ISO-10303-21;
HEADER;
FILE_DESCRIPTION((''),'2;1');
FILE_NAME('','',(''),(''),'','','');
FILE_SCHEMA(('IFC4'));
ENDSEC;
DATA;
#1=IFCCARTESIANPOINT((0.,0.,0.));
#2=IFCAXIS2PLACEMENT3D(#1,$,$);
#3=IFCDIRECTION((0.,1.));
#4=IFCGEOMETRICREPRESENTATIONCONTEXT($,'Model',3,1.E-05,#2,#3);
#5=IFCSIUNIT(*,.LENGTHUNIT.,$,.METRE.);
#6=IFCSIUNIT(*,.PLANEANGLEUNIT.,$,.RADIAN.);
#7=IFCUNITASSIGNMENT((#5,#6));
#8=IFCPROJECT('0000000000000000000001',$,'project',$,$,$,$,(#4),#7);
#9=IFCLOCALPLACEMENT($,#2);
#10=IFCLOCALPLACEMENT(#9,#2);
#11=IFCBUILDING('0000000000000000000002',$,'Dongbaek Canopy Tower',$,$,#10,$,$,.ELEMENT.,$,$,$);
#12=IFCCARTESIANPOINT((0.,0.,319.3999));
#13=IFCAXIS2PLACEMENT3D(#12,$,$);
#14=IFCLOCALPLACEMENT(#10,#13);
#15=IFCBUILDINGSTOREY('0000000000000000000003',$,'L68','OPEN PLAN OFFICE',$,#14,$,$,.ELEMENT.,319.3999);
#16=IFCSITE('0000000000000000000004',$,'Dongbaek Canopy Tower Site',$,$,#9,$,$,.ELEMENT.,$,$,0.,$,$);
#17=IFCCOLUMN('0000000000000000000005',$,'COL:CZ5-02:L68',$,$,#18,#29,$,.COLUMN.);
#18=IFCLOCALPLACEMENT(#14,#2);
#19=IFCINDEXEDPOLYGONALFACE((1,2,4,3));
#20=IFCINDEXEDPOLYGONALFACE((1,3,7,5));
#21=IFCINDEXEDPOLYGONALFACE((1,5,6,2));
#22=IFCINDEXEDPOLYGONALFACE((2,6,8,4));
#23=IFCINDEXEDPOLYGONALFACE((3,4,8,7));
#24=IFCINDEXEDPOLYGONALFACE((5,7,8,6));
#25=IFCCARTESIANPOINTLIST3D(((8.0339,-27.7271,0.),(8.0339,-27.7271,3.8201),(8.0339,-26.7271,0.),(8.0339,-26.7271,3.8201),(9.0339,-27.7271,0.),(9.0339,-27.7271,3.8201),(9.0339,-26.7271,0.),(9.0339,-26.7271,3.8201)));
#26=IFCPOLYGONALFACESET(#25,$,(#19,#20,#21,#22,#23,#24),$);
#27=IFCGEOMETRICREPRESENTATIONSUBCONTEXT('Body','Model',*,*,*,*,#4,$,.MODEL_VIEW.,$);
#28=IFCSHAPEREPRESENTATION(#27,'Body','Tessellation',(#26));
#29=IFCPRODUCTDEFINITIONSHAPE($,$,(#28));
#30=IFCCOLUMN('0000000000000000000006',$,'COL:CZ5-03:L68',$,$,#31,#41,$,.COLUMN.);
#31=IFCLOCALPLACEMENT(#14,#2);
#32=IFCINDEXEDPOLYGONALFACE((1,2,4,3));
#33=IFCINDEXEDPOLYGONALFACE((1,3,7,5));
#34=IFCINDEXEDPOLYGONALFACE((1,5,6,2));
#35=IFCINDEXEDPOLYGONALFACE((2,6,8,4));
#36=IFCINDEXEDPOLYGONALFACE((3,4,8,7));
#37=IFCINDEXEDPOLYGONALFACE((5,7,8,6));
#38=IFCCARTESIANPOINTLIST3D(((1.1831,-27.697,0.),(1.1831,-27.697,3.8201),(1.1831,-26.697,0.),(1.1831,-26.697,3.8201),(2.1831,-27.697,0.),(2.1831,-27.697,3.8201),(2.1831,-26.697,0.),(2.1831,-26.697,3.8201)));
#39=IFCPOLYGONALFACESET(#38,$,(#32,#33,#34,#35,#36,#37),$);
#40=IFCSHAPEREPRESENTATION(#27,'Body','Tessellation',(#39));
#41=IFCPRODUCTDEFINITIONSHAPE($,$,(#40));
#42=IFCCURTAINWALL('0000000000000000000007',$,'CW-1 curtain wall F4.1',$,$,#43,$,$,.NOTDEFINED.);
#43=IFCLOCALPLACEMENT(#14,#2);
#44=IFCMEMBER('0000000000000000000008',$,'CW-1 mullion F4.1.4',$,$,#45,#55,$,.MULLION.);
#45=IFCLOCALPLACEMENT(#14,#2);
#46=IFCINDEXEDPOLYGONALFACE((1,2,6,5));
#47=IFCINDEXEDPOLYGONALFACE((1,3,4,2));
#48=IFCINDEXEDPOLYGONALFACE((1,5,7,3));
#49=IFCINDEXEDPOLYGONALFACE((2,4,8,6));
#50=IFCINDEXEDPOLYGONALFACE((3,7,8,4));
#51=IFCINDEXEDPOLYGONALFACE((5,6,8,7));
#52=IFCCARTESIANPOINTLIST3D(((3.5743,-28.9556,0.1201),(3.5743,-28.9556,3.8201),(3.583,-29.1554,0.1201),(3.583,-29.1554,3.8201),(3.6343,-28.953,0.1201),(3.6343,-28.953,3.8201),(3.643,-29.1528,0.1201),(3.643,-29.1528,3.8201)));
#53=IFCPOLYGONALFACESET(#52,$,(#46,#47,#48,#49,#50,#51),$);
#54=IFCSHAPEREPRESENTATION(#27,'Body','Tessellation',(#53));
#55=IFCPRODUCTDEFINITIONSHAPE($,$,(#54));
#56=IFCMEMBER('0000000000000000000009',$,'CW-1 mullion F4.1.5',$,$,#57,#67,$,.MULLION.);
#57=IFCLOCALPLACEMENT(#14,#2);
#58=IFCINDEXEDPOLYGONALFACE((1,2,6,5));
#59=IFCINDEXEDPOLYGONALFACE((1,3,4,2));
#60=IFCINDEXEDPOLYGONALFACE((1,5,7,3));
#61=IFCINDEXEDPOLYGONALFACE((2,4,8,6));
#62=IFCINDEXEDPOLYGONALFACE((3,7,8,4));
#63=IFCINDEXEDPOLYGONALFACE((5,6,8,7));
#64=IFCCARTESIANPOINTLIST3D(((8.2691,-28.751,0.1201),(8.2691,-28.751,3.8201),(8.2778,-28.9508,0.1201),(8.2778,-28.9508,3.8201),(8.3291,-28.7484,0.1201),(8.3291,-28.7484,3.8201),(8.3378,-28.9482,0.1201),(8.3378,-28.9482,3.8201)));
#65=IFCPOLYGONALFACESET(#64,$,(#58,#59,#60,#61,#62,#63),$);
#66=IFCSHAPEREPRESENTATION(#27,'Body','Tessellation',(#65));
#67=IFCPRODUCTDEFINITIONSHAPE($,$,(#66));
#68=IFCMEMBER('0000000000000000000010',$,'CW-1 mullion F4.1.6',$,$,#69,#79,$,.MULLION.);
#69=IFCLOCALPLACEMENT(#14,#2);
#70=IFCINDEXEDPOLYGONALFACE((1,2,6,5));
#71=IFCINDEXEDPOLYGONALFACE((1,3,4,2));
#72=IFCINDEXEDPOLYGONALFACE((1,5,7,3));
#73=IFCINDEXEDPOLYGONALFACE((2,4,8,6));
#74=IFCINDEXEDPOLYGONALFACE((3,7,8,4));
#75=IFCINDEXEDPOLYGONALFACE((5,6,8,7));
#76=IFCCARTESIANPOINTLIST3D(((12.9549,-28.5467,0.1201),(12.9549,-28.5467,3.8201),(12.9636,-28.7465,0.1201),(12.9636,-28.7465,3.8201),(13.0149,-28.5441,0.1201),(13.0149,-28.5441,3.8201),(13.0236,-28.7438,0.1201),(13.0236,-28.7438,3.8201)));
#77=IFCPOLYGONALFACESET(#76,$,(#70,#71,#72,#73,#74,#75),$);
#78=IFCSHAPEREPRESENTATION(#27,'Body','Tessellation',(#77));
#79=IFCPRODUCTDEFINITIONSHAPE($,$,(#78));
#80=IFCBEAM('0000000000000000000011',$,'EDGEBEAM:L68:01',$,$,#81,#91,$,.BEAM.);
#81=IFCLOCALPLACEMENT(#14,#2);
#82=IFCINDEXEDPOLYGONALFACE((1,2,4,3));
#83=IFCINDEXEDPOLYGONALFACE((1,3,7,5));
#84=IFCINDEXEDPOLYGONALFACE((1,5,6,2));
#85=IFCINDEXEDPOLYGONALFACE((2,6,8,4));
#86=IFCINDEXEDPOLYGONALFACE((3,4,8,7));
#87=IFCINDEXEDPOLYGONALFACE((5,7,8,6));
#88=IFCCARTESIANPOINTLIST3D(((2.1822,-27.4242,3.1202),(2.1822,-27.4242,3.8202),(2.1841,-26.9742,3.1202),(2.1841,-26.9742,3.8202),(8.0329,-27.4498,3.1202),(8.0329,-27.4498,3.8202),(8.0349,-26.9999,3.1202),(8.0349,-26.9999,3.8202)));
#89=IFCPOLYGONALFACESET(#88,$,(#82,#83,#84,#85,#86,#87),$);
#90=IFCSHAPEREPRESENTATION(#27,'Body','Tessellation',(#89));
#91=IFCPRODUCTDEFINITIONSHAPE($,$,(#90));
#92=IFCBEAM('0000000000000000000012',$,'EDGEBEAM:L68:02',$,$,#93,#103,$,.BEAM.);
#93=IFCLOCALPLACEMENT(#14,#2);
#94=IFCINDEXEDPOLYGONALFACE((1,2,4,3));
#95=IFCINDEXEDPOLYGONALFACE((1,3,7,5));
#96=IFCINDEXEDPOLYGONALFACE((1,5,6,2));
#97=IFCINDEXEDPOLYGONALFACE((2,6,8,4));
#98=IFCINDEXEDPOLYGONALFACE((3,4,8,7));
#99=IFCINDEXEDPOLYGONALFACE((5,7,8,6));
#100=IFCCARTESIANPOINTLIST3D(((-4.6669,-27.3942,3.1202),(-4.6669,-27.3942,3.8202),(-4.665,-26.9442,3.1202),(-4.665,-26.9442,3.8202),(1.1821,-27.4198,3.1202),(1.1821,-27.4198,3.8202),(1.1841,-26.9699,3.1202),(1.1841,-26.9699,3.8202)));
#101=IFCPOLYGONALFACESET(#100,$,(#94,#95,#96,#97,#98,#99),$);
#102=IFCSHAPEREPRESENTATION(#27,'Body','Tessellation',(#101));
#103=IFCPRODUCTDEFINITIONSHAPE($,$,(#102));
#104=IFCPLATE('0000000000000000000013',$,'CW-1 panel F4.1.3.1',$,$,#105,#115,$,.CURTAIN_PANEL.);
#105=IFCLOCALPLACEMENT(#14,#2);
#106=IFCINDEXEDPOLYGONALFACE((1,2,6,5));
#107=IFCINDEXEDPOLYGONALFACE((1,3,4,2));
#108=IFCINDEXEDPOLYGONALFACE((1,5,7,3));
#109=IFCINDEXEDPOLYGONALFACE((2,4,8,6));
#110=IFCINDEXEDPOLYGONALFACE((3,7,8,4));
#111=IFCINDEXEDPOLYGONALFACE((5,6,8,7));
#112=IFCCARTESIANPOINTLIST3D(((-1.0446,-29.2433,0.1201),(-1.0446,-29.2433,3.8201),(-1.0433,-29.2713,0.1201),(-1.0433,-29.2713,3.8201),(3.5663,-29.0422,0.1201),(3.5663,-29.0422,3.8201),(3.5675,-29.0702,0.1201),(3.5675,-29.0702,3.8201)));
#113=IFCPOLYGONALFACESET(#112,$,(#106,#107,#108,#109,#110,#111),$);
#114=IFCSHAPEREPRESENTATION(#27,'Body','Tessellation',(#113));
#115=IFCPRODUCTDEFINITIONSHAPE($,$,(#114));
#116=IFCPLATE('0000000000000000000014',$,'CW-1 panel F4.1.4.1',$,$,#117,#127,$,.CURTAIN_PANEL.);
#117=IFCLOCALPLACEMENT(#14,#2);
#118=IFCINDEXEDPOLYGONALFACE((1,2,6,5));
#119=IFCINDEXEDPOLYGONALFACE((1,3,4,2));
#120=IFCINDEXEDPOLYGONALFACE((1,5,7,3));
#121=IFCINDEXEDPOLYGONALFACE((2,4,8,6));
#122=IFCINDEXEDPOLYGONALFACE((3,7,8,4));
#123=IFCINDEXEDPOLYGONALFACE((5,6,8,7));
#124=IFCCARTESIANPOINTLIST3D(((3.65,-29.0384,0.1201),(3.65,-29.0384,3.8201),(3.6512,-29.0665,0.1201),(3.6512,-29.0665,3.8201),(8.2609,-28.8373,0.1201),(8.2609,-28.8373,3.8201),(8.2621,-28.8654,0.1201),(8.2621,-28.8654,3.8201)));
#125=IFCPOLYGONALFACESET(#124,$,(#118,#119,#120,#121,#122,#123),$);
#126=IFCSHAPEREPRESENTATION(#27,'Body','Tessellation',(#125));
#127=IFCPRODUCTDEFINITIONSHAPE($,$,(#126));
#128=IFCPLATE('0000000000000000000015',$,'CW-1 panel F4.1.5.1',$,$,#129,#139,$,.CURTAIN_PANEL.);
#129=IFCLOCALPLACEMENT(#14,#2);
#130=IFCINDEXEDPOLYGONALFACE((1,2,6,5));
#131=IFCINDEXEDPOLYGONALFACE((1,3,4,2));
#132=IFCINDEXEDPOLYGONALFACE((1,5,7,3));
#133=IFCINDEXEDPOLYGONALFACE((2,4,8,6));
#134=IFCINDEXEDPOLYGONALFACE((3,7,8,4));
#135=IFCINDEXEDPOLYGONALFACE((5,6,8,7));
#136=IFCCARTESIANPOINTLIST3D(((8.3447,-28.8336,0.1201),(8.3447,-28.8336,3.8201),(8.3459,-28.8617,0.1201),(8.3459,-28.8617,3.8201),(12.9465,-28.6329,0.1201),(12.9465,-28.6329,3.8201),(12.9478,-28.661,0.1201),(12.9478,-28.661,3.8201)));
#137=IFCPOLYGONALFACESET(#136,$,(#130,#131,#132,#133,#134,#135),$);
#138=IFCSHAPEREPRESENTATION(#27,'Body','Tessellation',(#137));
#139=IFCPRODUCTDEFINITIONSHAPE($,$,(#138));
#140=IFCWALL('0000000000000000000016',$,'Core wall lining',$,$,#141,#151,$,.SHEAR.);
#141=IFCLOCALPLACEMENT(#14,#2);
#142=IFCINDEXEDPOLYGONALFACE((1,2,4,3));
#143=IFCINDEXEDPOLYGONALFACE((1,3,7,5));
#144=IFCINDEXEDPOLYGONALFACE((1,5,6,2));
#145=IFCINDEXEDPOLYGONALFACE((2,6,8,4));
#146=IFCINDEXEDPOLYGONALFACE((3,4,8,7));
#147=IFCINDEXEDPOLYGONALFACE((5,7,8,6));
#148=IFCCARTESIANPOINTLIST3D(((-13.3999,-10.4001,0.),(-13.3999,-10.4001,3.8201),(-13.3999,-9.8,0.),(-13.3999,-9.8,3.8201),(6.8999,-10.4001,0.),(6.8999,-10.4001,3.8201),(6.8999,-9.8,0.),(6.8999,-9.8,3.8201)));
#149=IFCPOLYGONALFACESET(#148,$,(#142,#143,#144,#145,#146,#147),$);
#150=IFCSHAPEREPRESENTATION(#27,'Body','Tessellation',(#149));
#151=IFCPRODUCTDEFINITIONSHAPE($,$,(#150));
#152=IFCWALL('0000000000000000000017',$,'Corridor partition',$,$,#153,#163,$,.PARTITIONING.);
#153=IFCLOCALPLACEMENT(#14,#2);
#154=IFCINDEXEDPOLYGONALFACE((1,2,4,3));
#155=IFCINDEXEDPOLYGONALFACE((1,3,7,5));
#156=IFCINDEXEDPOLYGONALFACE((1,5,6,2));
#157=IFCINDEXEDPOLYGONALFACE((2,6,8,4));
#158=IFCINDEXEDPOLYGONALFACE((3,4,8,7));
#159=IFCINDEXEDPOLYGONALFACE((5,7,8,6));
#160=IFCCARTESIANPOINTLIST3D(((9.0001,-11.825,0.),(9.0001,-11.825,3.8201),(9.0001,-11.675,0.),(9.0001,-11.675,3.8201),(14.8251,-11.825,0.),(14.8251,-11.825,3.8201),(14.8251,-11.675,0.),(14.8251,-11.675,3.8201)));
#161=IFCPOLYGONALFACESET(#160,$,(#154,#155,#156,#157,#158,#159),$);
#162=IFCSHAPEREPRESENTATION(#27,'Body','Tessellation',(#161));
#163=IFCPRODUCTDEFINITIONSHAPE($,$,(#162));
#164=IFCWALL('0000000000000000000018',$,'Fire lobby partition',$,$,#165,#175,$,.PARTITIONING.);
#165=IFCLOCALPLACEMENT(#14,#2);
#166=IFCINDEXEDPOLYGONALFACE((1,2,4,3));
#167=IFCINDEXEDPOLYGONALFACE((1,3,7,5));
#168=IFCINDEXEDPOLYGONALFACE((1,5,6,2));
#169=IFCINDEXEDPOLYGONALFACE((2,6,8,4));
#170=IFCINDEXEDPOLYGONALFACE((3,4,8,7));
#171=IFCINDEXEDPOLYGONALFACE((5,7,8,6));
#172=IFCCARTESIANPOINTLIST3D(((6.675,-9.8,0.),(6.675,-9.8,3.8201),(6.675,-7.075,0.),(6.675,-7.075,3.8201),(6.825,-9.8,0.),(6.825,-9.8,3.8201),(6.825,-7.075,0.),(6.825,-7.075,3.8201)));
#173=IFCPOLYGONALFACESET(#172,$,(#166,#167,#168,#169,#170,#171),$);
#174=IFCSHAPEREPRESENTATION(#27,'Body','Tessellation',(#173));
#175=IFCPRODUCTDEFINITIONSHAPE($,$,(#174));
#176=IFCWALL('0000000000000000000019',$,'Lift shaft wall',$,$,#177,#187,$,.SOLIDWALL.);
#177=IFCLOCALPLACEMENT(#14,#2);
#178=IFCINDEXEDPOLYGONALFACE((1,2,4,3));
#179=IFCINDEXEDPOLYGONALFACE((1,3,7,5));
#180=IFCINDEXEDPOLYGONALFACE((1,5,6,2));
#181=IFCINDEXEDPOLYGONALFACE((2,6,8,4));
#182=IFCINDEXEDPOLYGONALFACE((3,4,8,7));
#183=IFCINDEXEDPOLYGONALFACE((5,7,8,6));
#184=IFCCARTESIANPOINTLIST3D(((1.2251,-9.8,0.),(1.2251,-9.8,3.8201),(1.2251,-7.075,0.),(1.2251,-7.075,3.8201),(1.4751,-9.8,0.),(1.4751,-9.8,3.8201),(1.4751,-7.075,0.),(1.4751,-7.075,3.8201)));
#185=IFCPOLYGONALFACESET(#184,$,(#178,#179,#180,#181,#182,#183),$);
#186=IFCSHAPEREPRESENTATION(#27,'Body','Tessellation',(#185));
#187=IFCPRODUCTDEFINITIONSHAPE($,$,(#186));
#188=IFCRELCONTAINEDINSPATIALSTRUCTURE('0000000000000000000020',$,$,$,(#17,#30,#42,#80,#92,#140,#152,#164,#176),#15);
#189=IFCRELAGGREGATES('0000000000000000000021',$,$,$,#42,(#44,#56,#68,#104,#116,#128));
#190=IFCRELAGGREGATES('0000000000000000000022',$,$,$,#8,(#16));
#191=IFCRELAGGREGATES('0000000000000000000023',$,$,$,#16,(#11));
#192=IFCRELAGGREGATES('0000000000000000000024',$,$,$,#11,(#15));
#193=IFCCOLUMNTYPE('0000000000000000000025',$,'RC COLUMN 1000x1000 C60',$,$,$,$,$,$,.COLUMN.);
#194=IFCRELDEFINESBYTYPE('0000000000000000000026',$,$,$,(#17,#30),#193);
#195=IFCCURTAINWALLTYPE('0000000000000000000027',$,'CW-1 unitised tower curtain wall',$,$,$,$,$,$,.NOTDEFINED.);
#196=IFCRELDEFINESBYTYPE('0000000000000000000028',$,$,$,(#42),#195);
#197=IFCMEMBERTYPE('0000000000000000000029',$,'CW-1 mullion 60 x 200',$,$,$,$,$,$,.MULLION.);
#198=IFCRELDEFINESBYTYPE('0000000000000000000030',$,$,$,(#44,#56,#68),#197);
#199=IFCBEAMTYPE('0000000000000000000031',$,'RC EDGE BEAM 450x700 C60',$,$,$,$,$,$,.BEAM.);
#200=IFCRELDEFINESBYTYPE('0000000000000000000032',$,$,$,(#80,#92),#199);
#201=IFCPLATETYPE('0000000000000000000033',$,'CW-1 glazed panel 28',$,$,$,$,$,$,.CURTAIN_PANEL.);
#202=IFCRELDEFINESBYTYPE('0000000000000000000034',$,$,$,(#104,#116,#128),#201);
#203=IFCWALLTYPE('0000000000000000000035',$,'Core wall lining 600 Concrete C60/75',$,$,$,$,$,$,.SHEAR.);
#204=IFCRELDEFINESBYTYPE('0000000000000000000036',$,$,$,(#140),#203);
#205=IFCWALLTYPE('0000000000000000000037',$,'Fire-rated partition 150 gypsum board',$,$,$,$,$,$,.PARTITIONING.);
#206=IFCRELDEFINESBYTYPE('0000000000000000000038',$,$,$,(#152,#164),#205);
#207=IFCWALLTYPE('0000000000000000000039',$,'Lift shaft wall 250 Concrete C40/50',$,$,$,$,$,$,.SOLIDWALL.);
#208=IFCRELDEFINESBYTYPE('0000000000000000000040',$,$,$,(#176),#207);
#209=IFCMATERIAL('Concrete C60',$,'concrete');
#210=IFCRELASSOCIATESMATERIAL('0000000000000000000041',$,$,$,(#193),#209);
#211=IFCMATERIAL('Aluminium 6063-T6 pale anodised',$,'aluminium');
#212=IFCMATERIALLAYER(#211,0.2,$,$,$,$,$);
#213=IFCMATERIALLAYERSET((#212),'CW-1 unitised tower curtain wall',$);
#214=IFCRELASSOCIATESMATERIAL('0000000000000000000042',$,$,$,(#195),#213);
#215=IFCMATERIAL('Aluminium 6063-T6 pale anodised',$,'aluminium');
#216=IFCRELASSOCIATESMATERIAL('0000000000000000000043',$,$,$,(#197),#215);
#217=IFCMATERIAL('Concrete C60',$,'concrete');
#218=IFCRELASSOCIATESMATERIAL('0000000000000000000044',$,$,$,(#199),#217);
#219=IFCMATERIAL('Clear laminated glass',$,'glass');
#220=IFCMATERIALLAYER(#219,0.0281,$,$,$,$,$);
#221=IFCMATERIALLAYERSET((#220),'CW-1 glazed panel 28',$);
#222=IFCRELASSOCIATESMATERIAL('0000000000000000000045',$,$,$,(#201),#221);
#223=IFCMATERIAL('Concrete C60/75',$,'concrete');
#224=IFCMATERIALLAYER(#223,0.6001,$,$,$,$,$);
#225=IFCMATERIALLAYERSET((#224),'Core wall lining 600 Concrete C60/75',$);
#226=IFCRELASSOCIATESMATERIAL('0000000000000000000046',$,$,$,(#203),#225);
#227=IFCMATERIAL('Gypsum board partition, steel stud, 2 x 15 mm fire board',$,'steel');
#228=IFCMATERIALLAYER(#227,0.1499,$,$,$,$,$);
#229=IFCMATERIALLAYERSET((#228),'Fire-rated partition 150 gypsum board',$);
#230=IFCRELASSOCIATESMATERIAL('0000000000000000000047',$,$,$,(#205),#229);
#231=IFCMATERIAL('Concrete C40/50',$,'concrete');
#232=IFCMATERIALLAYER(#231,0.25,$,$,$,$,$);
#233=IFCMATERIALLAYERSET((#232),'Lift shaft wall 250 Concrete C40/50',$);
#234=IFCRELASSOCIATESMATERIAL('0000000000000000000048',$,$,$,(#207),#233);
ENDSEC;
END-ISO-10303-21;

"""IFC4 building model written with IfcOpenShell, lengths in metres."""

from ifc_helpers import new_model, si_unit, direction, frame, frame_2d, origin, origin_2d, place, context, subcontext, project, spatial, rectangle, extrude, material, layer, layer_set, material_profile, profile_set, type_object, element, aggregate, save


model = new_model("IFC4")

# Units and contexts
model_context = context("Model", 3, precision=1e-05, world=origin(), true_north=direction((0.0, 1.0)))
body_context = subcontext(model_context, "Body", "Model", "MODEL_VIEW")
ifc_project = project(units=[si_unit("LENGTHUNIT", "METRE"), si_unit("PLANEANGLEUNIT", "RADIAN")], contexts=[model_context])

# Site, building, storey
site_placement = place(None, origin())
site = spatial("IfcSite", under=ifc_project, at=site_placement, Name="Dongbaek Canopy Tower Site", CompositionType="ELEMENT", RefElevation=0.0)
building_placement = place(site_placement, origin())
building = spatial("IfcBuilding", under=site, at=building_placement, Name="Dongbaek Canopy Tower", CompositionType="ELEMENT")
storey_placement = place(building_placement, frame((0.0, 0.0, 319.3999)))
storey = spatial("IfcBuildingStorey", under=building, at=storey_placement, Name="L68", Description="OPEN PLAN OFFICE", CompositionType="ELEMENT", Elevation=319.3999)

# Columns
ifc_material_1 = material(Name="Concrete C60", Category="concrete")
ifc_material_profile_1 = material_profile(ifc_material_1, rectangle(XDim=1.0, YDim=1.0, at=origin_2d()), Name="RC COLUMN 1000x1000 C60")
ifc_profile_set_1 = profile_set([ifc_material_profile_1], Name="Concrete C60")
column_type = type_object("IfcColumnType", Name="RC COLUMN 1000x1000 C60", PredefinedType="COLUMN", material=ifc_profile_set_1)
for number, where, z_axis, x_axis, name in (
    (1, (8.5339, -27.2271, 0.0), (0.0, 0.0, 1.0), (1.0, 0.0, 0.0), "COL:CZ5-02:L68"),
    (2, (1.6831, -27.197, 0.0), (0.0, 0.0, 1.0), (1.0, 0.0, 0.0), "COL:CZ5-03:L68"),
):
    element("IfcColumn", number, at=place(storey_placement, frame(where, z_axis=z_axis, x_axis=x_axis)), inside=storey, type_object=column_type, Name=name, PredefinedType="COLUMN", context=body_context, shape_type="SweptSolid", body=[
        extrude(rectangle(XDim=1.0, YDim=1.0, at=origin_2d()), origin(), (0.0, 0.0, 1.0), 3.8201),
    ])

# Curtain wall, members
ifc_material_2 = material(Name="Aluminium 6063-T6 pale anodised", Category="aluminium")
ifc_layer_1 = layer(ifc_material_2, 0.2)
ifc_layer_set_1 = layer_set([ifc_layer_1], Name="CW-1 unitised tower curtain wall")
curtain_wall_type = type_object("IfcCurtainWallType", Name="CW-1 unitised tower curtain wall", PredefinedType="NOTDEFINED", material=ifc_layer_set_1)
curtain_wall_placement = place(storey_placement, origin())
curtain_wall = element("IfcCurtainWall", 3, at=curtain_wall_placement, inside=storey, type_object=curtain_wall_type, Name="CW-1 curtain wall F4.1", PredefinedType="NOTDEFINED")
ifc_material_3 = material(Name="Aluminium 6063-T6 pale anodised", Category="aluminium")
ifc_material_profile_2 = material_profile(ifc_material_3, rectangle(XDim=0.2, YDim=0.0601, at=origin_2d()), Name="CW-1 mullion 60 x 200")
ifc_profile_set_2 = profile_set([ifc_material_profile_2], Name="Aluminium 6063-T6 pale anodised")
member_type = type_object("IfcMemberType", Name="CW-1 mullion 60 x 200", PredefinedType="MULLION", material=ifc_profile_set_2)
member_1_placement = place(storey_placement, frame((3.6086, -29.0542, 0.1201), z_axis=(0.0, 0.0, 1.0), x_axis=(0.043572, -0.99905, 0.0)))
member_1 = element("IfcMember", 4, at=member_1_placement, type_object=member_type, Name="CW-1 mullion F4.1.4", PredefinedType="MULLION", context=body_context, shape_type="SweptSolid", body=[
    extrude(rectangle(XDim=0.2, YDim=0.0601, at=origin_2d()), origin(), (0.0, 0.0, 1.0), 3.7),
])
member_2_placement = place(storey_placement, frame((8.3035, -28.8496, 0.1201), z_axis=(0.0, 0.0, 1.0), x_axis=(0.043572, -0.99905, 0.0)))
member_2 = element("IfcMember", 5, at=member_2_placement, type_object=member_type, Name="CW-1 mullion F4.1.5", PredefinedType="MULLION", context=body_context, shape_type="SweptSolid", body=[
    extrude(rectangle(XDim=0.2, YDim=0.0601, at=origin_2d()), origin(), (0.0, 0.0, 1.0), 3.7),
])
member_3_placement = place(storey_placement, frame((12.9893, -28.6453, 0.1201), z_axis=(0.0, 0.0, 1.0), x_axis=(0.043572, -0.99905, 0.0)))
member_3 = element("IfcMember", 6, at=member_3_placement, type_object=member_type, Name="CW-1 mullion F4.1.6", PredefinedType="MULLION", context=body_context, shape_type="SweptSolid", body=[
    extrude(rectangle(XDim=0.2, YDim=0.0601, at=origin_2d()), origin(), (0.0, 0.0, 1.0), 3.7),
])

# Beams
ifc_material_4 = material(Name="Concrete C60", Category="concrete")
ifc_material_profile_3 = material_profile(ifc_material_4, rectangle(XDim=0.45, YDim=0.7, at=origin_2d()), Name="RC EDGE BEAM 450x700 C60")
ifc_profile_set_3 = profile_set([ifc_material_profile_3], Name="Concrete C60")
beam_type = type_object("IfcBeamType", Name="RC EDGE BEAM 450x700 C60", PredefinedType="BEAM", material=ifc_profile_set_3)
beam_1_placement = place(storey_placement, frame((8.0339, -27.2249, 3.4702), z_axis=(-0.99999, 0.004381, 0.0), x_axis=(-0.004381, -0.99999, 0.0)))
element("IfcBeam", 7, at=beam_1_placement, inside=storey, type_object=beam_type, Name="EDGEBEAM:L68:01", PredefinedType="BEAM", context=body_context, shape_type="SweptSolid", body=[
    extrude(rectangle(XDim=0.45, YDim=0.7, at=origin_2d()), origin(), (0.0, 0.0, 1.0), 5.8508),
])
beam_2_placement = place(storey_placement, frame((1.1831, -27.1948, 3.4702), z_axis=(-0.99999, 0.004383, 0.0), x_axis=(-0.004383, -0.99999, 0.0)))
element("IfcBeam", 8, at=beam_2_placement, inside=storey, type_object=beam_type, Name="EDGEBEAM:L68:02", PredefinedType="BEAM", context=body_context, shape_type="SweptSolid", body=[
    extrude(rectangle(XDim=0.45, YDim=0.7, at=origin_2d()), origin(), (0.0, 0.0, 1.0), 5.8491),
])

# Plates
ifc_material_5 = material(Name="Clear laminated glass", Category="glass")
ifc_layer_2 = layer(ifc_material_5, 0.0281)
ifc_layer_set_2 = layer_set([ifc_layer_2], Name="CW-1 glazed panel 28")
plate_type = type_object("IfcPlateType", Name="CW-1 glazed panel 28", PredefinedType="CURTAIN_PANEL", material=ifc_layer_set_2)
plate_1_placement = place(storey_placement, frame((1.2615, -29.1567, 0.1201), z_axis=(0.0, 0.0, 1.0), x_axis=(0.99905, 0.043572, 0.0)))
plate_1 = element("IfcPlate", 9, at=plate_1_placement, type_object=plate_type, Name="CW-1 panel F4.1.3.1", PredefinedType="CURTAIN_PANEL", context=body_context, shape_type="SweptSolid", body=[
    extrude(rectangle(XDim=4.6152, YDim=0.0281, at=origin_2d()), origin(), (0.0, 0.0, 1.0), 3.7),
])
plate_2_placement = place(storey_placement, frame((5.9561, -28.9519, 0.1201), z_axis=(0.0, 0.0, 1.0), x_axis=(0.99905, 0.043572, 0.0)))
plate_2 = element("IfcPlate", 10, at=plate_2_placement, type_object=plate_type, Name="CW-1 panel F4.1.4.1", PredefinedType="CURTAIN_PANEL", context=body_context, shape_type="SweptSolid", body=[
    extrude(rectangle(XDim=4.6152, YDim=0.0281, at=origin_2d()), origin(), (0.0, 0.0, 1.0), 3.7),
])
plate_3_placement = place(storey_placement, frame((10.6462, -28.7473, 0.1201), z_axis=(0.0, 0.0, 1.0), x_axis=(0.99905, 0.043572, 0.0)))
plate_3 = element("IfcPlate", 11, at=plate_3_placement, type_object=plate_type, Name="CW-1 panel F4.1.5.1", PredefinedType="CURTAIN_PANEL", context=body_context, shape_type="SweptSolid", body=[
    extrude(rectangle(XDim=4.6062, YDim=0.0281, at=origin_2d()), origin(), (0.0, 0.0, 1.0), 3.7),
])

# Walls
ifc_material_6 = material(Name="Concrete C60/75", Category="concrete")
ifc_layer_3 = layer(ifc_material_6, 0.6001)
ifc_layer_set_3 = layer_set([ifc_layer_3], Name="Core wall lining 600 Concrete C60/75")
wall_type_1 = type_object("IfcWallType", Name="Core wall lining 600 Concrete C60/75", PredefinedType="SHEAR", material=ifc_layer_set_3)
wall_1_placement = place(storey_placement, frame((6.8999, -10.1001, 0.0), z_axis=(0.0, 0.0, 1.0), x_axis=(-1.0, 0.0, 0.0)))
element("IfcWall", 12, at=wall_1_placement, inside=storey, type_object=wall_type_1, Name="Core wall lining", PredefinedType="SHEAR", context=body_context, shape_type="SweptSolid", body=[
    extrude(rectangle(XDim=20.2998, YDim=0.6001, at=frame_2d((10.1499, 0.0))), origin(), (0.0, 0.0, 1.0), 3.8201),
])
ifc_material_7 = material(Name="Gypsum board partition, steel stud, 2 x 15 mm fire board", Category="steel")
ifc_layer_4 = layer(ifc_material_7, 0.1499)
ifc_layer_set_4 = layer_set([ifc_layer_4], Name="Fire-rated partition 150 gypsum board")
wall_type_2 = type_object("IfcWallType", Name="Fire-rated partition 150 gypsum board", PredefinedType="PARTITIONING", material=ifc_layer_set_4)
wall_2_placement = place(storey_placement, frame((9.0, -11.75, 0.0), z_axis=(0.0, 0.0, 1.0), x_axis=(1.0, 0.0, 0.0)))
element("IfcWall", 13, at=wall_2_placement, inside=storey, type_object=wall_type_2, Name="Corridor partition", PredefinedType="PARTITIONING", context=body_context, shape_type="SweptSolid", body=[
    extrude(rectangle(XDim=5.825, YDim=0.1499, at=frame_2d((2.9126, 0.0))), origin(), (0.0, 0.0, 1.0), 3.8201),
])
wall_3_placement = place(storey_placement, frame((6.75, -9.8, 0.0), z_axis=(0.0, 0.0, 1.0), x_axis=(0.0, 1.0, 0.0)))
element("IfcWall", 14, at=wall_3_placement, inside=storey, type_object=wall_type_2, Name="Fire lobby partition", PredefinedType="PARTITIONING", context=body_context, shape_type="SweptSolid", body=[
    extrude(rectangle(XDim=2.7251, YDim=0.1499, at=frame_2d((1.3625, 0.0))), origin(), (0.0, 0.0, 1.0), 3.8201),
])
ifc_material_8 = material(Name="Concrete C40/50", Category="concrete")
ifc_layer_5 = layer(ifc_material_8, 0.25)
ifc_layer_set_5 = layer_set([ifc_layer_5], Name="Lift shaft wall 250 Concrete C40/50")
wall_type_3 = type_object("IfcWallType", Name="Lift shaft wall 250 Concrete C40/50", PredefinedType="SOLIDWALL", material=ifc_layer_set_5)
wall_4_placement = place(storey_placement, frame((1.3501, -9.8, 0.0), z_axis=(0.0, 0.0, 1.0), x_axis=(0.0, 1.0, 0.0)))
element("IfcWall", 15, at=wall_4_placement, inside=storey, type_object=wall_type_3, Name="Lift shaft wall", PredefinedType="SOLIDWALL", context=body_context, shape_type="SweptSolid", body=[
    extrude(rectangle(XDim=2.7251, YDim=0.25, at=frame_2d((1.3625, 0.0))), origin(), (0.0, 0.0, 1.0), 3.8201),
])

aggregate(curtain_wall, [member_1, member_2, member_3, plate_1, plate_2, plate_3])

save(model, "model.ifc")
